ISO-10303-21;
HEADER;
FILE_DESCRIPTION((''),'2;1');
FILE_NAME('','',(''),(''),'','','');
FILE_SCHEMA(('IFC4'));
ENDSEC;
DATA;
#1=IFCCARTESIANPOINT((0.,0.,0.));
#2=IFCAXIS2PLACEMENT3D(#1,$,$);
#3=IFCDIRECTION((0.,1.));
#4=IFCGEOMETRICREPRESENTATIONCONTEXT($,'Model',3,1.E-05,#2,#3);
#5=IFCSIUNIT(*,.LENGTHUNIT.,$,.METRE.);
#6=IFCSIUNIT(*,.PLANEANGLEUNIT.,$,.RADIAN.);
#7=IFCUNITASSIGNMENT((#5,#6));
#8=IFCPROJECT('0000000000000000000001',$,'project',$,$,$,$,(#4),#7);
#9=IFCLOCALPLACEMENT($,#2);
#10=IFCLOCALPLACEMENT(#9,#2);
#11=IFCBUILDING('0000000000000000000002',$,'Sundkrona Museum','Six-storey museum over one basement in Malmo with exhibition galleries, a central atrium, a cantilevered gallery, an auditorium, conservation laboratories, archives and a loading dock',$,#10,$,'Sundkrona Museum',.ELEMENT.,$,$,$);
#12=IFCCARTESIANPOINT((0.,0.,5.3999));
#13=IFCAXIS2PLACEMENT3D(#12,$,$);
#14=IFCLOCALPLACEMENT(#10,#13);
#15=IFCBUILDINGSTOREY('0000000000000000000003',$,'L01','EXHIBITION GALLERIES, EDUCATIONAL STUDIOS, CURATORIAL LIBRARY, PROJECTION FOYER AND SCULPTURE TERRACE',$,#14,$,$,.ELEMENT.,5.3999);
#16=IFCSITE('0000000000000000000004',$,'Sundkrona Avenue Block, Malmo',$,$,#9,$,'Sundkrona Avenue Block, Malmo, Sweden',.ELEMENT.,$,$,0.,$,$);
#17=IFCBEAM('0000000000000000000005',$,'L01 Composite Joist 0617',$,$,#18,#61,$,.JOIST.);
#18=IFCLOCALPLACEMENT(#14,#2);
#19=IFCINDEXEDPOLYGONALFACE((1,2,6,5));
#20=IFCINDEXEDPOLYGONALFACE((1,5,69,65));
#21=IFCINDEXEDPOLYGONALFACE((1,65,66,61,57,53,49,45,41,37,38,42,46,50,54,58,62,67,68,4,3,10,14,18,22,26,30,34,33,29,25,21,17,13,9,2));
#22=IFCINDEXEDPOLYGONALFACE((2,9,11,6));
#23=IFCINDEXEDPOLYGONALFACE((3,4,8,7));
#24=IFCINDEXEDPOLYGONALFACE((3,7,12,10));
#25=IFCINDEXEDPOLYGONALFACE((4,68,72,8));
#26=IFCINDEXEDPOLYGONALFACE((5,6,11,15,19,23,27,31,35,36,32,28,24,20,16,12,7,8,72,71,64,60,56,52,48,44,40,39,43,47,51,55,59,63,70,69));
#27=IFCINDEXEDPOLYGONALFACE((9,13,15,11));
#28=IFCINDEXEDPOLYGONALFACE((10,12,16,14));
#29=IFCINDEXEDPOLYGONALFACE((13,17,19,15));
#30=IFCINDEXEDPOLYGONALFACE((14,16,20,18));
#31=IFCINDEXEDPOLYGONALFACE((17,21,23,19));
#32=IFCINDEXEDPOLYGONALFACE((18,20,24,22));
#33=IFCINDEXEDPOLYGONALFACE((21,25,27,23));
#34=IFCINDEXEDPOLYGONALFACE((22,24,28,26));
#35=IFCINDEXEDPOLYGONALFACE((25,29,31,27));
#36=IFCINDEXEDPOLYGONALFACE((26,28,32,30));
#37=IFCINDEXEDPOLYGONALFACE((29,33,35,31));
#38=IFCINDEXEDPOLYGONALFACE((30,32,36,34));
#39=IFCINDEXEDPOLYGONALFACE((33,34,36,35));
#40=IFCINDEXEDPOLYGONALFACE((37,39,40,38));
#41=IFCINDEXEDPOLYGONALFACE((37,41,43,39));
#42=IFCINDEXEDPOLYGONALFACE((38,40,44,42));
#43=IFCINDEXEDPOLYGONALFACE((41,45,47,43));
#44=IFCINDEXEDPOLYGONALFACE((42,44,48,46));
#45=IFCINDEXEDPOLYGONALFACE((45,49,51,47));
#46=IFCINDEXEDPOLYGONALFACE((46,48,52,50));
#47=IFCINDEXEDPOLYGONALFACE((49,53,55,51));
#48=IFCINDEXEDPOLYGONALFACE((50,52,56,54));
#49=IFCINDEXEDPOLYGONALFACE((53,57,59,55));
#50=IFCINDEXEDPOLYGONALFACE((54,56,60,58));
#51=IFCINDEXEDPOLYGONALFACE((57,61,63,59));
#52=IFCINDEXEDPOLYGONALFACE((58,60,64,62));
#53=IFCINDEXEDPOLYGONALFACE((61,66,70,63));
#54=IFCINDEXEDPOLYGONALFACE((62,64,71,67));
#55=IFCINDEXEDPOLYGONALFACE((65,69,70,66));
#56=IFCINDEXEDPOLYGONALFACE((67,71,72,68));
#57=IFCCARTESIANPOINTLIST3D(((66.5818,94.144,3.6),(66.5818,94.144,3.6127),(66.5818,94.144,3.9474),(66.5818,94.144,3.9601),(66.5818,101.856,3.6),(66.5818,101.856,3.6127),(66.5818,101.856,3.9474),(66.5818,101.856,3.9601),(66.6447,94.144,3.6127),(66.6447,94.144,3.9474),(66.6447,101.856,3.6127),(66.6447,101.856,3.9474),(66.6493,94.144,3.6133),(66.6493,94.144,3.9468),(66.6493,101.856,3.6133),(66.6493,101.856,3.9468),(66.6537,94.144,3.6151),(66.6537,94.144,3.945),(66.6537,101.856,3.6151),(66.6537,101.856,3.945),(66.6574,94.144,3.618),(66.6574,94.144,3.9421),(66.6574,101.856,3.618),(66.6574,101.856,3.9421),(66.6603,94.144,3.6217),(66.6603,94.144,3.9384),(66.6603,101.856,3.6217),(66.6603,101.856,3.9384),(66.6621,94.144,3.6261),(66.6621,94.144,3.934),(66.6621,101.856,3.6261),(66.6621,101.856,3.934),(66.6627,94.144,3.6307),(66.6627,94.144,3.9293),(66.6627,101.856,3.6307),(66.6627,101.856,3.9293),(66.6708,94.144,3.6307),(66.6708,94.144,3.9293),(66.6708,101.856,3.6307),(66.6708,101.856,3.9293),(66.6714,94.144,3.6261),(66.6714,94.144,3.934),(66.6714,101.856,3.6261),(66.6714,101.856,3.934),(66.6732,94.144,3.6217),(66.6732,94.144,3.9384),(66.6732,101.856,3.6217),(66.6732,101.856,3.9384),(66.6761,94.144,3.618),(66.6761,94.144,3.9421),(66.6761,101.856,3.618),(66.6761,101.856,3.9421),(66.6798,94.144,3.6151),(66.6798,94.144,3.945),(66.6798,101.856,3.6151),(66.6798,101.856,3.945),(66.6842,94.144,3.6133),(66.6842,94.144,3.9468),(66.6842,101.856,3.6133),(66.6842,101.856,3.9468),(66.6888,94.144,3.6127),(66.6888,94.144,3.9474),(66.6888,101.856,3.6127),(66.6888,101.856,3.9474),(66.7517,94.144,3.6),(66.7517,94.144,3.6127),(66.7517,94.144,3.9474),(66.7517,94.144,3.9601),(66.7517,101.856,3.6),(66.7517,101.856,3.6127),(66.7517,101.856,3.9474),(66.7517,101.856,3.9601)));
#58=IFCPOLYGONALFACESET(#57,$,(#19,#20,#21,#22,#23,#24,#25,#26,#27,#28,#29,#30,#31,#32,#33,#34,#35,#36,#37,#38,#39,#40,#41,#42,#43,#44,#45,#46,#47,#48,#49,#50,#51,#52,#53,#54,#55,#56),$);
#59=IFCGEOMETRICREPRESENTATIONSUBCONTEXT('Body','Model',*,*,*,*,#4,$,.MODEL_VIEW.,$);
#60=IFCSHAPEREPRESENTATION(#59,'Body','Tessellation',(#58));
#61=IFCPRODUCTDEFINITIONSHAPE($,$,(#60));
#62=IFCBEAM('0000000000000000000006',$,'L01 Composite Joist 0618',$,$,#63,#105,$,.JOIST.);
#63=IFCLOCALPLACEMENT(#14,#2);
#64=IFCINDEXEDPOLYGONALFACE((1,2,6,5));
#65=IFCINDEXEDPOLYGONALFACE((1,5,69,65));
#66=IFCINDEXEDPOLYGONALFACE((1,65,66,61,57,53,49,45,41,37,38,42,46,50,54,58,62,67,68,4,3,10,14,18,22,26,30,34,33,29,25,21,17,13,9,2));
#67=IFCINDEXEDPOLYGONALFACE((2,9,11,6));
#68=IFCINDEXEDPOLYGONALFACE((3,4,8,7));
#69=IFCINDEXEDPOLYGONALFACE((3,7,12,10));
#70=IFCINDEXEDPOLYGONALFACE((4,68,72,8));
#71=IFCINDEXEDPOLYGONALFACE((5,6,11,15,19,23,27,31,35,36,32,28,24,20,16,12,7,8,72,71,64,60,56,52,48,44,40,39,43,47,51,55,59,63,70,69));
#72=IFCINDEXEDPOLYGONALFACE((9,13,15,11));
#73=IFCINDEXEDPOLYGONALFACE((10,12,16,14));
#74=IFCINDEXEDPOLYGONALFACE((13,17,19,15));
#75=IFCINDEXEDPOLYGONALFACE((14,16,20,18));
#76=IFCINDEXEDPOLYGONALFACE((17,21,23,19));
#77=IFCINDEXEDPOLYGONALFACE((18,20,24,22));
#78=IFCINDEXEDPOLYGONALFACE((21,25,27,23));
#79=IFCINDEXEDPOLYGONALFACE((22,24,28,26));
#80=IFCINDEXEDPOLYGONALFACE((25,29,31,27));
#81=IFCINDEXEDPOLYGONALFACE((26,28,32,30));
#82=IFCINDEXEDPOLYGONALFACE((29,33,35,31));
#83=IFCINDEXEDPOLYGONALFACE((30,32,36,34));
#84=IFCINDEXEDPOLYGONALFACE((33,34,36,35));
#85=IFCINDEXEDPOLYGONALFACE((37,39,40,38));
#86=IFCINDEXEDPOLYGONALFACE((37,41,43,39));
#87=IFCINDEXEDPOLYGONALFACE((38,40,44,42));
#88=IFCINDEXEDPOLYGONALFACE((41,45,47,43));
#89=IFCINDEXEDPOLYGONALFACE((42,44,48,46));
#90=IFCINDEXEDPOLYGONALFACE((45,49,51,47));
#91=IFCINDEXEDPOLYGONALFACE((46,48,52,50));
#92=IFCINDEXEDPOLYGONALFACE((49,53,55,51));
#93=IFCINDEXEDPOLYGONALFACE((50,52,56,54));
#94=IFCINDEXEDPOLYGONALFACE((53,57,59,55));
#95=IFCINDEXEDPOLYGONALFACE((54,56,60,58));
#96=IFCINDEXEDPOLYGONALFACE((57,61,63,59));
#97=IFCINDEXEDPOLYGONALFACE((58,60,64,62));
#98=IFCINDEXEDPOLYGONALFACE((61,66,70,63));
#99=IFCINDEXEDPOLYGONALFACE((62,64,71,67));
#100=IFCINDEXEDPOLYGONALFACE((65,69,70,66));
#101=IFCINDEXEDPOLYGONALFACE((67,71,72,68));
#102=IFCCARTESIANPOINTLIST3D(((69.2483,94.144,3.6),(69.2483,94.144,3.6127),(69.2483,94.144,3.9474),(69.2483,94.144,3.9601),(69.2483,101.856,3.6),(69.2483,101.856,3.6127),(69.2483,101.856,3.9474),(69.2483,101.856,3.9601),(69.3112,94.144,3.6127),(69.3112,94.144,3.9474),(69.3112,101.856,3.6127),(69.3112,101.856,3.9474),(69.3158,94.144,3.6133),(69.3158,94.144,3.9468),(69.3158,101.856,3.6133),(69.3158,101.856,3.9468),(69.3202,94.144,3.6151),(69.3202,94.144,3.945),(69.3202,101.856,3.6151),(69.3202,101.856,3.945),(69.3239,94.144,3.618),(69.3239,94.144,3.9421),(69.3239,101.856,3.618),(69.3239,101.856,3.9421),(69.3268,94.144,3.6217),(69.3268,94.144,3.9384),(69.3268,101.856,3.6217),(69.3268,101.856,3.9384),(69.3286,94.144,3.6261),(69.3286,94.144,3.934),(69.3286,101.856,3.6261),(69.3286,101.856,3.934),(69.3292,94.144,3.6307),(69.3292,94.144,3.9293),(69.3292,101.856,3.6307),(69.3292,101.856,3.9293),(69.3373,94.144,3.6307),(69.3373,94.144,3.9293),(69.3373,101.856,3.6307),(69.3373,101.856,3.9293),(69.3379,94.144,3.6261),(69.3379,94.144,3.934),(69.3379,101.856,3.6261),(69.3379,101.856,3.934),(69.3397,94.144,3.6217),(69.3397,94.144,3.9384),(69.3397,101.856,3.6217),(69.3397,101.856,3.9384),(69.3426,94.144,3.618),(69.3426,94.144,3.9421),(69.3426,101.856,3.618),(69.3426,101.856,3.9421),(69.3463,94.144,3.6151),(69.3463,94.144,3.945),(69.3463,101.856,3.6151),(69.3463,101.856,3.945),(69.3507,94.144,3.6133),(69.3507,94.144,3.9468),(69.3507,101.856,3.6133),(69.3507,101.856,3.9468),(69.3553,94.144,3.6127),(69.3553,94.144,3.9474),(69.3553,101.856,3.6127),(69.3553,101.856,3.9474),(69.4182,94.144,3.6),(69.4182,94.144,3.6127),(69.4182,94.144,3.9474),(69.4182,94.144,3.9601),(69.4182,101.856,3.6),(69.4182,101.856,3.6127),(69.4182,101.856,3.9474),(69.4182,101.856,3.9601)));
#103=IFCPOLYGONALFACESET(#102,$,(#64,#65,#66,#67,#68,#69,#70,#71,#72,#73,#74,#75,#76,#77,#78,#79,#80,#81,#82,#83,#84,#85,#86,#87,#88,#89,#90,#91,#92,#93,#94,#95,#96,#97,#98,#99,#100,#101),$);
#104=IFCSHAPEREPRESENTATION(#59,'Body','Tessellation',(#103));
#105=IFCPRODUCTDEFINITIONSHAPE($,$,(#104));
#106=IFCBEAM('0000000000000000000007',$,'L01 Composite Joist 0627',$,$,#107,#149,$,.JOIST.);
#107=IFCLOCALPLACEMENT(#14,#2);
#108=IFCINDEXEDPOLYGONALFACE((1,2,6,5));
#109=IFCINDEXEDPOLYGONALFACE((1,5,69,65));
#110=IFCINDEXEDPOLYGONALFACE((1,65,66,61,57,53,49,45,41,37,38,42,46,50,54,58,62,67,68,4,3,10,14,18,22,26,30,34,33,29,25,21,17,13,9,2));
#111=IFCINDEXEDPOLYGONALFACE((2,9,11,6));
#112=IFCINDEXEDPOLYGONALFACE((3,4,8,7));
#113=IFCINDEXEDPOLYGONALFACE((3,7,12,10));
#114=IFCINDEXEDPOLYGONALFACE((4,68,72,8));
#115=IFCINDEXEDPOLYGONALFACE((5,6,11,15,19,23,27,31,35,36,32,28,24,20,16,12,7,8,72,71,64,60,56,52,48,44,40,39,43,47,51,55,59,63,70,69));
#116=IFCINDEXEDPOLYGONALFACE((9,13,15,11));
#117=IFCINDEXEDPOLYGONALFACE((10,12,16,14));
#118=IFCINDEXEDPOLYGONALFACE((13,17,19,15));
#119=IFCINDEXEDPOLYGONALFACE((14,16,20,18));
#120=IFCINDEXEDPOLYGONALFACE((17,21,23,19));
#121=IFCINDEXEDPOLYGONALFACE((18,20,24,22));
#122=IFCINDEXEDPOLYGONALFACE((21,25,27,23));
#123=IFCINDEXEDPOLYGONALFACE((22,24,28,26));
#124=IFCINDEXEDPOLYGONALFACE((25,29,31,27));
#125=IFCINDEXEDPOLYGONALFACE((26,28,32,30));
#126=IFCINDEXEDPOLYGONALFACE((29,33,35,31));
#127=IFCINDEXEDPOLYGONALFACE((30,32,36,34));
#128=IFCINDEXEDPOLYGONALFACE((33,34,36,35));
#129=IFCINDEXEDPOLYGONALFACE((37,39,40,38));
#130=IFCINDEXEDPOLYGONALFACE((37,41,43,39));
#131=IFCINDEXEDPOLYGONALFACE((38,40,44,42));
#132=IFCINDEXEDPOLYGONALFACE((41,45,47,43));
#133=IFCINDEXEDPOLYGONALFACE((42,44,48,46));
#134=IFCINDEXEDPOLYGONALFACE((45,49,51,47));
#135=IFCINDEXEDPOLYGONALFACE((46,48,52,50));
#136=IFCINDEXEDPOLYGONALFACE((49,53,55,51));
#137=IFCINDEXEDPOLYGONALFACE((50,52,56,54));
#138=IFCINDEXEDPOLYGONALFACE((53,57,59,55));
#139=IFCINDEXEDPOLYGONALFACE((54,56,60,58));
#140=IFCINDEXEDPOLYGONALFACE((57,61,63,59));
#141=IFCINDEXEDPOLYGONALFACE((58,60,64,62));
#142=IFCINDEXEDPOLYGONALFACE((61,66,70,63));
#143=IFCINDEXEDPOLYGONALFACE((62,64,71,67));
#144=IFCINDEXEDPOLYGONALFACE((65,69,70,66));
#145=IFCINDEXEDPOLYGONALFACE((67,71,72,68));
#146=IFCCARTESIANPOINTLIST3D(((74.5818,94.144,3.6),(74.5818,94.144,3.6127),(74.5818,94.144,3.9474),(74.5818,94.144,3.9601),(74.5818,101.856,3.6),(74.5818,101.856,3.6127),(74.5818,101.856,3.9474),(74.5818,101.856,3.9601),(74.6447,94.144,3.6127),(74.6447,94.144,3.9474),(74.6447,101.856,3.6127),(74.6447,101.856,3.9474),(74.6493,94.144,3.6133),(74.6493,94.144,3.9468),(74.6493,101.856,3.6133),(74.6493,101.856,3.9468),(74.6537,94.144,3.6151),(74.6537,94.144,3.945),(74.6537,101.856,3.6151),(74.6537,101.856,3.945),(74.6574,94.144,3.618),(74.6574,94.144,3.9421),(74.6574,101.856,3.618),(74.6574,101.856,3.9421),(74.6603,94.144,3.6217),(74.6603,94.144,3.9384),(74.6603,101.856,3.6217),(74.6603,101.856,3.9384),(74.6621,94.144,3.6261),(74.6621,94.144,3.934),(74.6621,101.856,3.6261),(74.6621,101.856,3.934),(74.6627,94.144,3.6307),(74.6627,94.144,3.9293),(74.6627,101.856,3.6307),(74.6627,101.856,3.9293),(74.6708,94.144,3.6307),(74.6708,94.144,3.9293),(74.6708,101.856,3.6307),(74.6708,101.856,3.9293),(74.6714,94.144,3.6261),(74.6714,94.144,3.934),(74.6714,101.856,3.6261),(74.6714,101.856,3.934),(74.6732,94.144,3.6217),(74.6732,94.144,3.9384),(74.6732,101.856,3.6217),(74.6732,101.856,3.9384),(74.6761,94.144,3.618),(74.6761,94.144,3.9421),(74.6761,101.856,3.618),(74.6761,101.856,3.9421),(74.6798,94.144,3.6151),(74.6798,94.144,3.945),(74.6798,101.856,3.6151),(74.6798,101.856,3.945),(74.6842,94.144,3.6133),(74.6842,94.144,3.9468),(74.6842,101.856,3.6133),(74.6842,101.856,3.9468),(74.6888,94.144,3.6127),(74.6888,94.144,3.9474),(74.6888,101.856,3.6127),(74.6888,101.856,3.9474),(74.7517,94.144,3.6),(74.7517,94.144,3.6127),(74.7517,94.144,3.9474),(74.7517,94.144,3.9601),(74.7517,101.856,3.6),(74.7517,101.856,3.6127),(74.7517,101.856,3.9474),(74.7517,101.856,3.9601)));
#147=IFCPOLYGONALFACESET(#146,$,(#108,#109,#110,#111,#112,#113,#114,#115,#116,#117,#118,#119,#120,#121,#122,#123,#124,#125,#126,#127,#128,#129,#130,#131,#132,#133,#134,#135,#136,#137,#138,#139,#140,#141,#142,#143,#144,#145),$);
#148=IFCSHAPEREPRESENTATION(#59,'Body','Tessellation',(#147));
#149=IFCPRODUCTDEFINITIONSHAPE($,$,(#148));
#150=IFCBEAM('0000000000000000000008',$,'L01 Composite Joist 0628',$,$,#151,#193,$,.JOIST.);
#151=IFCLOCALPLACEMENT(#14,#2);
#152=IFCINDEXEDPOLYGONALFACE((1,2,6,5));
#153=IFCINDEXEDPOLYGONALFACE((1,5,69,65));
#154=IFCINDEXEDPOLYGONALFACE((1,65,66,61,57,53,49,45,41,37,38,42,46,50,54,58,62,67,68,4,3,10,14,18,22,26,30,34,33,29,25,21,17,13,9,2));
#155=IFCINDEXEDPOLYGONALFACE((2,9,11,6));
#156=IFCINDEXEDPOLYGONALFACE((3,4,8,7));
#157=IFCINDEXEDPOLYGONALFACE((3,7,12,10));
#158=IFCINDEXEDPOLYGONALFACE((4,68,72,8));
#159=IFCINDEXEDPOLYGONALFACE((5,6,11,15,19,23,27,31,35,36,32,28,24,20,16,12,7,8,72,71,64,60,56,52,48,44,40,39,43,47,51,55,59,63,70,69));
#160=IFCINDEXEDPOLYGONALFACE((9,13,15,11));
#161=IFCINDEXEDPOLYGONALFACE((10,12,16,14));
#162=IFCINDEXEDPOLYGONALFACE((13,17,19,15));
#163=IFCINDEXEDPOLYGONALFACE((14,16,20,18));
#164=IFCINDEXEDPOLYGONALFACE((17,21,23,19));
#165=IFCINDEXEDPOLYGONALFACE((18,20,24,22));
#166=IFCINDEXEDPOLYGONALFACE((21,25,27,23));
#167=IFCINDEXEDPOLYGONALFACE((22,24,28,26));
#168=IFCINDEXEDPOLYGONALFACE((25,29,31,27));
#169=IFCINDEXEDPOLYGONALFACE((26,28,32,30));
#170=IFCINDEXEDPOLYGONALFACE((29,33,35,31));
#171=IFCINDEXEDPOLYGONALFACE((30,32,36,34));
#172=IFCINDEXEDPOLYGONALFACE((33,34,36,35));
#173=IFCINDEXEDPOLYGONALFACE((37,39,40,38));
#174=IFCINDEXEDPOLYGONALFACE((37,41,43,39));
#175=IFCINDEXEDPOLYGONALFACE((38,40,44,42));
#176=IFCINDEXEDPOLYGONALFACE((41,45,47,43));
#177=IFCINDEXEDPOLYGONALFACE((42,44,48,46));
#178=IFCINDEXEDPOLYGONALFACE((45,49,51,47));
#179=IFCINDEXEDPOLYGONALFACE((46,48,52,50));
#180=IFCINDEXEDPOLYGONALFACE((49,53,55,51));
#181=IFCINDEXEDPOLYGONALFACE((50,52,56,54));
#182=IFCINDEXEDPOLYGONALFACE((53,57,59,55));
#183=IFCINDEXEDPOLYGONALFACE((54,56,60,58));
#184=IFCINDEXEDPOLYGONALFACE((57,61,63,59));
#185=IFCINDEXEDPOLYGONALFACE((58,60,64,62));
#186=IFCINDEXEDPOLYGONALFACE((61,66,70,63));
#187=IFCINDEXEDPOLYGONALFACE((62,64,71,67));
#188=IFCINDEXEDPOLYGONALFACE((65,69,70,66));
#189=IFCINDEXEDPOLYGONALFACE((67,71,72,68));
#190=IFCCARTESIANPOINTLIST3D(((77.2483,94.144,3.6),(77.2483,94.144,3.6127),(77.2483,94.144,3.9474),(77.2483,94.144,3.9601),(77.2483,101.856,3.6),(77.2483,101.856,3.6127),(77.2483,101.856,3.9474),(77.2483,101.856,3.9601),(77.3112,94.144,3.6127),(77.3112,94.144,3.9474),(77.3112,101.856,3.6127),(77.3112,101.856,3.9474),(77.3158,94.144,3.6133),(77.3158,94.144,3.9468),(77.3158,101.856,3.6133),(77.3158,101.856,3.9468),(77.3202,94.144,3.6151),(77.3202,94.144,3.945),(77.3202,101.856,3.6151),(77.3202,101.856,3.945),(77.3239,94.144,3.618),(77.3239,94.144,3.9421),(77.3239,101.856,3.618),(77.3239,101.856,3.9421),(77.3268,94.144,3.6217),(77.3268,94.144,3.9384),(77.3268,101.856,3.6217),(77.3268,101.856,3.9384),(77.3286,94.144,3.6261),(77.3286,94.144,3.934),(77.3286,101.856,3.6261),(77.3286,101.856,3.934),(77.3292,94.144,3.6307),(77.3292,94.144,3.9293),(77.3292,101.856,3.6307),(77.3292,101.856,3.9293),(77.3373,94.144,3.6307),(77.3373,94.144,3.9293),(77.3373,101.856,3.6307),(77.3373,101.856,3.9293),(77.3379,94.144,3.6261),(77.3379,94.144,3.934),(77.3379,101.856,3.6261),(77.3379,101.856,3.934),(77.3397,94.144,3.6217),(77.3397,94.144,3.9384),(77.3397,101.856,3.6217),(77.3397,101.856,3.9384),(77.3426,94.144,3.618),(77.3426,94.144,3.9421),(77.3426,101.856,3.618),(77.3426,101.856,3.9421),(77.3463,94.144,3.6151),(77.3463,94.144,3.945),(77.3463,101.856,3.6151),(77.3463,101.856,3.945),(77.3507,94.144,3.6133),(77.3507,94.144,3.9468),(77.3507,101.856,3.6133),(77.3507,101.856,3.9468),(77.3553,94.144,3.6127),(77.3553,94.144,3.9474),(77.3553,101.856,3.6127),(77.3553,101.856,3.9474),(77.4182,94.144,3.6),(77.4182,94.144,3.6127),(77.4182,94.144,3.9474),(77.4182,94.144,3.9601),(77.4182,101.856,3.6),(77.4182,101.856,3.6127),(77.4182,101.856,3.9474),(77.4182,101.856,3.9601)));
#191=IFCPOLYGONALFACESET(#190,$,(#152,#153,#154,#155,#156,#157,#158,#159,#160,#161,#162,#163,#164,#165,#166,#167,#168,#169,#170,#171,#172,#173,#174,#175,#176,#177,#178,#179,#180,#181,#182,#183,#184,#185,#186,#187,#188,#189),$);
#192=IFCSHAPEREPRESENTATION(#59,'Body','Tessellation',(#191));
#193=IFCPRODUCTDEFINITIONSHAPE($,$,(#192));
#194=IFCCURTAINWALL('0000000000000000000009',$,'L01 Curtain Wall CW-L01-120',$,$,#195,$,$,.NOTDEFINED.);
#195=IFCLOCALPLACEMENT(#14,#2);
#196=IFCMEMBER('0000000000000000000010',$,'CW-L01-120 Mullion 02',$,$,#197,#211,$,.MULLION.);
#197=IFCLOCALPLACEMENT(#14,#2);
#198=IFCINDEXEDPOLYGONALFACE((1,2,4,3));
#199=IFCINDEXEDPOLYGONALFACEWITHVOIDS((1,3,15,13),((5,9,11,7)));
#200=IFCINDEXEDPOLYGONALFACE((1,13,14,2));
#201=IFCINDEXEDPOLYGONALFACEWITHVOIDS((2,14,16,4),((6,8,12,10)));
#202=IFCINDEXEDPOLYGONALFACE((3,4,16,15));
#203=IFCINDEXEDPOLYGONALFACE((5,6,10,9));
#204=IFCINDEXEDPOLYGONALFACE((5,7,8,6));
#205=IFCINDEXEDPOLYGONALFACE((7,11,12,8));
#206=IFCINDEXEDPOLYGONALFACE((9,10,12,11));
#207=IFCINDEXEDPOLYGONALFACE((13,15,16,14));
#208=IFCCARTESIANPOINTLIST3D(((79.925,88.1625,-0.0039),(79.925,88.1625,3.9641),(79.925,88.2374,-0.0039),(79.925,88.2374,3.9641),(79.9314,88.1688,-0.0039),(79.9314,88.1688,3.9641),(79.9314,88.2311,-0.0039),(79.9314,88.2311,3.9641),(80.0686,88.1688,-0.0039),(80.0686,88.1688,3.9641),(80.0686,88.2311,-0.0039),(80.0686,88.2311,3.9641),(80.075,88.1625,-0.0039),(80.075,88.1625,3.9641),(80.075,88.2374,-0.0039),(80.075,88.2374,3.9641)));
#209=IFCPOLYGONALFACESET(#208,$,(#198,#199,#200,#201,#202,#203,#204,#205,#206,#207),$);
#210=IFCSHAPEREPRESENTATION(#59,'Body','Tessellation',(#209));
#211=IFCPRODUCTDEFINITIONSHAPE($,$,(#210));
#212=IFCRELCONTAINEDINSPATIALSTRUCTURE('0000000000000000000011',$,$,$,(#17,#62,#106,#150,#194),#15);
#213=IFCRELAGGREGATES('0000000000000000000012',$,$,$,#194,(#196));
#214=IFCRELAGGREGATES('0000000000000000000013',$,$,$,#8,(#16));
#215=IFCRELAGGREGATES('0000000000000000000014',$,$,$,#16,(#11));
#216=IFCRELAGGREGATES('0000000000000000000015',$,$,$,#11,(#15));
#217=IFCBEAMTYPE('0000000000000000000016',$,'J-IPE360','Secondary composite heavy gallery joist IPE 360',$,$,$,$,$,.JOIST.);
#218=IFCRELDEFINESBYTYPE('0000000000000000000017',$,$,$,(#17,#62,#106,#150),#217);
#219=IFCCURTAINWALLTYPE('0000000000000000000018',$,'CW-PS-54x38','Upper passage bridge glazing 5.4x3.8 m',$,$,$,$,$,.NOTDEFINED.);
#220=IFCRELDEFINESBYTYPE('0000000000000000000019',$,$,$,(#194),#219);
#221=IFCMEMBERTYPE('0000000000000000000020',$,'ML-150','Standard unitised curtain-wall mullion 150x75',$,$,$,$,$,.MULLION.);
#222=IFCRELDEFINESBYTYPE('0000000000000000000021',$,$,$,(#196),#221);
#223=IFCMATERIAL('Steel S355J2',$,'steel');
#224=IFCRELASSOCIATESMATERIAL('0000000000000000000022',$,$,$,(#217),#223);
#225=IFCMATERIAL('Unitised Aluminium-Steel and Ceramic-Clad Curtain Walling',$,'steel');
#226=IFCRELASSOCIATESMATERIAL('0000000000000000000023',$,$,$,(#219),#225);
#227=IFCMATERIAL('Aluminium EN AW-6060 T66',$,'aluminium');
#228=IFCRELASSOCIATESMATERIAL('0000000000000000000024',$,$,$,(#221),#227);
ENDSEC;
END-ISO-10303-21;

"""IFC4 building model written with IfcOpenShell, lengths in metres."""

from ifc_helpers import new_model, si_unit, direction, frame, origin, origin_2d, place, context, subcontext, project, spatial, hollow_rectangle, i_section, extrude, material, material_profile, profile_set, type_object, element, aggregate, save


model = new_model("IFC4")

# Units and contexts
model_context = context("Model", 3, precision=1e-05, world=origin(), true_north=direction((0.0, 1.0)))
body_context = subcontext(model_context, "Body", "Model", "MODEL_VIEW")
ifc_project = project(units=[si_unit("LENGTHUNIT", "METRE"), si_unit("PLANEANGLEUNIT", "RADIAN")], contexts=[model_context])

# Site, building, storey
site_placement = place(None, origin())
site = spatial("IfcSite", under=ifc_project, at=site_placement, Name="Sundkrona Avenue Block, Malmo", LongName="Sundkrona Avenue Block, Malmo, Sweden", CompositionType="ELEMENT", RefElevation=0.0)
building_placement = place(site_placement, origin())
building = spatial("IfcBuilding", under=site, at=building_placement, Name="Sundkrona Museum", Description="Six-storey museum over one basement in Malmo with exhibition galleries, a central atrium, a cantilevered gallery, an auditorium, conservation laboratories, archives and a loading dock", LongName="Sundkrona Museum", CompositionType="ELEMENT")
storey_placement = place(building_placement, frame((0.0, 0.0, 5.3999)))
storey = spatial("IfcBuildingStorey", under=building, at=storey_placement, Name="L01", Description="EXHIBITION GALLERIES, EDUCATIONAL STUDIOS, CURATORIAL LIBRARY, PROJECTION FOYER AND SCULPTURE TERRACE", CompositionType="ELEMENT", Elevation=5.3999)

# Shared definitions
ifc_material_1 = material(Name="Steel S355J2", Category="steel")

# Beams
ifc_material_profile_1 = material_profile(ifc_material_1, i_section(OverallWidth=0.1699, OverallDepth=0.3601, WebThickness=0.0081, FlangeThickness=0.0127, FilletRadius=0.0181, at=origin_2d()), Name="IPE 360")
ifc_profile_set_1 = profile_set([ifc_material_profile_1], Name="Steel S355J2")
beam_type_1 = type_object("IfcBeamType", Name="J-IPE360", Description="Secondary composite heavy gallery joist IPE 360", PredefinedType="JOIST", material=ifc_profile_set_1)
for number, where, z_axis, x_axis, name in (
    (1, (66.6667, 94.144, 3.78), (0.0, 1.0, 0.0), (-1.0, 0.0, 0.0), "L01 Composite Joist 0617"),
    (2, (69.3333, 94.144, 3.78), (0.0, 1.0, 0.0), (-1.0, 0.0, 0.0), "L01 Composite Joist 0618"),
    (3, (74.6667, 94.144, 3.78), (0.0, 1.0, 0.0), (-1.0, 0.0, 0.0), "L01 Composite Joist 0627"),
    (4, (77.3333, 94.144, 3.78), (0.0, 1.0, 0.0), (-1.0, 0.0, 0.0), "L01 Composite Joist 0628"),
):
    element("IfcBeam", number, at=place(storey_placement, frame(where, z_axis=z_axis, x_axis=x_axis)), inside=storey, type_object=beam_type_1, Name=name, PredefinedType="JOIST", context=body_context, shape_type="SweptSolid", body=[
        extrude(i_section(OverallWidth=0.1699, OverallDepth=0.3601, WebThickness=0.0081, FlangeThickness=0.0127, FilletRadius=0.0181, at=origin_2d()), origin(), (0.0, 0.0, 1.0), 7.7119),
    ])

# Curtain wall, member
ifc_material_2 = material(Name="Unitised Aluminium-Steel and Ceramic-Clad Curtain Walling", Category="steel")
curtain_wall_type = type_object("IfcCurtainWallType", Name="CW-PS-54x38", Description="Upper passage bridge glazing 5.4x3.8 m", PredefinedType="NOTDEFINED", material=ifc_material_2)
curtain_wall_1_placement = place(storey_placement, origin())
curtain_wall_1 = element("IfcCurtainWall", 5, at=curtain_wall_1_placement, inside=storey, type_object=curtain_wall_type, Name="L01 Curtain Wall CW-L01-120", PredefinedType="NOTDEFINED")
ifc_material_3 = material(Name="Aluminium EN AW-6060 T66", Category="aluminium")
ifc_material_profile_2 = material_profile(ifc_material_3, hollow_rectangle(XDim=0.075, YDim=0.1499, WallThickness=0.0063, at=origin_2d()), Name="RHS 150x75x6.3")
ifc_profile_set_2 = profile_set([ifc_material_profile_2], Name="Aluminium EN AW-6060 T66")
member_type_1 = type_object("IfcMemberType", Name="ML-150", Description="Standard unitised curtain-wall mullion 150x75", PredefinedType="MULLION", material=ifc_profile_set_2)
member_1_placement = place(storey_placement, frame((80.0, 88.2, -0.0039), z_axis=(0.0, 0.0, 1.0), x_axis=(0.0, 1.0, 0.0)))
member_1 = element("IfcMember", 6, at=member_1_placement, type_object=member_type_1, Name="CW-L01-120 Mullion 02", PredefinedType="MULLION", context=body_context, shape_type="SweptSolid", body=[
    extrude(hollow_rectangle(XDim=0.075, YDim=0.1499, WallThickness=0.0063, at=origin_2d()), origin(), (0.0, 0.0, 1.0), 3.968),
])

aggregate(curtain_wall_1, [member_1])

save(model, "model.ifc")
